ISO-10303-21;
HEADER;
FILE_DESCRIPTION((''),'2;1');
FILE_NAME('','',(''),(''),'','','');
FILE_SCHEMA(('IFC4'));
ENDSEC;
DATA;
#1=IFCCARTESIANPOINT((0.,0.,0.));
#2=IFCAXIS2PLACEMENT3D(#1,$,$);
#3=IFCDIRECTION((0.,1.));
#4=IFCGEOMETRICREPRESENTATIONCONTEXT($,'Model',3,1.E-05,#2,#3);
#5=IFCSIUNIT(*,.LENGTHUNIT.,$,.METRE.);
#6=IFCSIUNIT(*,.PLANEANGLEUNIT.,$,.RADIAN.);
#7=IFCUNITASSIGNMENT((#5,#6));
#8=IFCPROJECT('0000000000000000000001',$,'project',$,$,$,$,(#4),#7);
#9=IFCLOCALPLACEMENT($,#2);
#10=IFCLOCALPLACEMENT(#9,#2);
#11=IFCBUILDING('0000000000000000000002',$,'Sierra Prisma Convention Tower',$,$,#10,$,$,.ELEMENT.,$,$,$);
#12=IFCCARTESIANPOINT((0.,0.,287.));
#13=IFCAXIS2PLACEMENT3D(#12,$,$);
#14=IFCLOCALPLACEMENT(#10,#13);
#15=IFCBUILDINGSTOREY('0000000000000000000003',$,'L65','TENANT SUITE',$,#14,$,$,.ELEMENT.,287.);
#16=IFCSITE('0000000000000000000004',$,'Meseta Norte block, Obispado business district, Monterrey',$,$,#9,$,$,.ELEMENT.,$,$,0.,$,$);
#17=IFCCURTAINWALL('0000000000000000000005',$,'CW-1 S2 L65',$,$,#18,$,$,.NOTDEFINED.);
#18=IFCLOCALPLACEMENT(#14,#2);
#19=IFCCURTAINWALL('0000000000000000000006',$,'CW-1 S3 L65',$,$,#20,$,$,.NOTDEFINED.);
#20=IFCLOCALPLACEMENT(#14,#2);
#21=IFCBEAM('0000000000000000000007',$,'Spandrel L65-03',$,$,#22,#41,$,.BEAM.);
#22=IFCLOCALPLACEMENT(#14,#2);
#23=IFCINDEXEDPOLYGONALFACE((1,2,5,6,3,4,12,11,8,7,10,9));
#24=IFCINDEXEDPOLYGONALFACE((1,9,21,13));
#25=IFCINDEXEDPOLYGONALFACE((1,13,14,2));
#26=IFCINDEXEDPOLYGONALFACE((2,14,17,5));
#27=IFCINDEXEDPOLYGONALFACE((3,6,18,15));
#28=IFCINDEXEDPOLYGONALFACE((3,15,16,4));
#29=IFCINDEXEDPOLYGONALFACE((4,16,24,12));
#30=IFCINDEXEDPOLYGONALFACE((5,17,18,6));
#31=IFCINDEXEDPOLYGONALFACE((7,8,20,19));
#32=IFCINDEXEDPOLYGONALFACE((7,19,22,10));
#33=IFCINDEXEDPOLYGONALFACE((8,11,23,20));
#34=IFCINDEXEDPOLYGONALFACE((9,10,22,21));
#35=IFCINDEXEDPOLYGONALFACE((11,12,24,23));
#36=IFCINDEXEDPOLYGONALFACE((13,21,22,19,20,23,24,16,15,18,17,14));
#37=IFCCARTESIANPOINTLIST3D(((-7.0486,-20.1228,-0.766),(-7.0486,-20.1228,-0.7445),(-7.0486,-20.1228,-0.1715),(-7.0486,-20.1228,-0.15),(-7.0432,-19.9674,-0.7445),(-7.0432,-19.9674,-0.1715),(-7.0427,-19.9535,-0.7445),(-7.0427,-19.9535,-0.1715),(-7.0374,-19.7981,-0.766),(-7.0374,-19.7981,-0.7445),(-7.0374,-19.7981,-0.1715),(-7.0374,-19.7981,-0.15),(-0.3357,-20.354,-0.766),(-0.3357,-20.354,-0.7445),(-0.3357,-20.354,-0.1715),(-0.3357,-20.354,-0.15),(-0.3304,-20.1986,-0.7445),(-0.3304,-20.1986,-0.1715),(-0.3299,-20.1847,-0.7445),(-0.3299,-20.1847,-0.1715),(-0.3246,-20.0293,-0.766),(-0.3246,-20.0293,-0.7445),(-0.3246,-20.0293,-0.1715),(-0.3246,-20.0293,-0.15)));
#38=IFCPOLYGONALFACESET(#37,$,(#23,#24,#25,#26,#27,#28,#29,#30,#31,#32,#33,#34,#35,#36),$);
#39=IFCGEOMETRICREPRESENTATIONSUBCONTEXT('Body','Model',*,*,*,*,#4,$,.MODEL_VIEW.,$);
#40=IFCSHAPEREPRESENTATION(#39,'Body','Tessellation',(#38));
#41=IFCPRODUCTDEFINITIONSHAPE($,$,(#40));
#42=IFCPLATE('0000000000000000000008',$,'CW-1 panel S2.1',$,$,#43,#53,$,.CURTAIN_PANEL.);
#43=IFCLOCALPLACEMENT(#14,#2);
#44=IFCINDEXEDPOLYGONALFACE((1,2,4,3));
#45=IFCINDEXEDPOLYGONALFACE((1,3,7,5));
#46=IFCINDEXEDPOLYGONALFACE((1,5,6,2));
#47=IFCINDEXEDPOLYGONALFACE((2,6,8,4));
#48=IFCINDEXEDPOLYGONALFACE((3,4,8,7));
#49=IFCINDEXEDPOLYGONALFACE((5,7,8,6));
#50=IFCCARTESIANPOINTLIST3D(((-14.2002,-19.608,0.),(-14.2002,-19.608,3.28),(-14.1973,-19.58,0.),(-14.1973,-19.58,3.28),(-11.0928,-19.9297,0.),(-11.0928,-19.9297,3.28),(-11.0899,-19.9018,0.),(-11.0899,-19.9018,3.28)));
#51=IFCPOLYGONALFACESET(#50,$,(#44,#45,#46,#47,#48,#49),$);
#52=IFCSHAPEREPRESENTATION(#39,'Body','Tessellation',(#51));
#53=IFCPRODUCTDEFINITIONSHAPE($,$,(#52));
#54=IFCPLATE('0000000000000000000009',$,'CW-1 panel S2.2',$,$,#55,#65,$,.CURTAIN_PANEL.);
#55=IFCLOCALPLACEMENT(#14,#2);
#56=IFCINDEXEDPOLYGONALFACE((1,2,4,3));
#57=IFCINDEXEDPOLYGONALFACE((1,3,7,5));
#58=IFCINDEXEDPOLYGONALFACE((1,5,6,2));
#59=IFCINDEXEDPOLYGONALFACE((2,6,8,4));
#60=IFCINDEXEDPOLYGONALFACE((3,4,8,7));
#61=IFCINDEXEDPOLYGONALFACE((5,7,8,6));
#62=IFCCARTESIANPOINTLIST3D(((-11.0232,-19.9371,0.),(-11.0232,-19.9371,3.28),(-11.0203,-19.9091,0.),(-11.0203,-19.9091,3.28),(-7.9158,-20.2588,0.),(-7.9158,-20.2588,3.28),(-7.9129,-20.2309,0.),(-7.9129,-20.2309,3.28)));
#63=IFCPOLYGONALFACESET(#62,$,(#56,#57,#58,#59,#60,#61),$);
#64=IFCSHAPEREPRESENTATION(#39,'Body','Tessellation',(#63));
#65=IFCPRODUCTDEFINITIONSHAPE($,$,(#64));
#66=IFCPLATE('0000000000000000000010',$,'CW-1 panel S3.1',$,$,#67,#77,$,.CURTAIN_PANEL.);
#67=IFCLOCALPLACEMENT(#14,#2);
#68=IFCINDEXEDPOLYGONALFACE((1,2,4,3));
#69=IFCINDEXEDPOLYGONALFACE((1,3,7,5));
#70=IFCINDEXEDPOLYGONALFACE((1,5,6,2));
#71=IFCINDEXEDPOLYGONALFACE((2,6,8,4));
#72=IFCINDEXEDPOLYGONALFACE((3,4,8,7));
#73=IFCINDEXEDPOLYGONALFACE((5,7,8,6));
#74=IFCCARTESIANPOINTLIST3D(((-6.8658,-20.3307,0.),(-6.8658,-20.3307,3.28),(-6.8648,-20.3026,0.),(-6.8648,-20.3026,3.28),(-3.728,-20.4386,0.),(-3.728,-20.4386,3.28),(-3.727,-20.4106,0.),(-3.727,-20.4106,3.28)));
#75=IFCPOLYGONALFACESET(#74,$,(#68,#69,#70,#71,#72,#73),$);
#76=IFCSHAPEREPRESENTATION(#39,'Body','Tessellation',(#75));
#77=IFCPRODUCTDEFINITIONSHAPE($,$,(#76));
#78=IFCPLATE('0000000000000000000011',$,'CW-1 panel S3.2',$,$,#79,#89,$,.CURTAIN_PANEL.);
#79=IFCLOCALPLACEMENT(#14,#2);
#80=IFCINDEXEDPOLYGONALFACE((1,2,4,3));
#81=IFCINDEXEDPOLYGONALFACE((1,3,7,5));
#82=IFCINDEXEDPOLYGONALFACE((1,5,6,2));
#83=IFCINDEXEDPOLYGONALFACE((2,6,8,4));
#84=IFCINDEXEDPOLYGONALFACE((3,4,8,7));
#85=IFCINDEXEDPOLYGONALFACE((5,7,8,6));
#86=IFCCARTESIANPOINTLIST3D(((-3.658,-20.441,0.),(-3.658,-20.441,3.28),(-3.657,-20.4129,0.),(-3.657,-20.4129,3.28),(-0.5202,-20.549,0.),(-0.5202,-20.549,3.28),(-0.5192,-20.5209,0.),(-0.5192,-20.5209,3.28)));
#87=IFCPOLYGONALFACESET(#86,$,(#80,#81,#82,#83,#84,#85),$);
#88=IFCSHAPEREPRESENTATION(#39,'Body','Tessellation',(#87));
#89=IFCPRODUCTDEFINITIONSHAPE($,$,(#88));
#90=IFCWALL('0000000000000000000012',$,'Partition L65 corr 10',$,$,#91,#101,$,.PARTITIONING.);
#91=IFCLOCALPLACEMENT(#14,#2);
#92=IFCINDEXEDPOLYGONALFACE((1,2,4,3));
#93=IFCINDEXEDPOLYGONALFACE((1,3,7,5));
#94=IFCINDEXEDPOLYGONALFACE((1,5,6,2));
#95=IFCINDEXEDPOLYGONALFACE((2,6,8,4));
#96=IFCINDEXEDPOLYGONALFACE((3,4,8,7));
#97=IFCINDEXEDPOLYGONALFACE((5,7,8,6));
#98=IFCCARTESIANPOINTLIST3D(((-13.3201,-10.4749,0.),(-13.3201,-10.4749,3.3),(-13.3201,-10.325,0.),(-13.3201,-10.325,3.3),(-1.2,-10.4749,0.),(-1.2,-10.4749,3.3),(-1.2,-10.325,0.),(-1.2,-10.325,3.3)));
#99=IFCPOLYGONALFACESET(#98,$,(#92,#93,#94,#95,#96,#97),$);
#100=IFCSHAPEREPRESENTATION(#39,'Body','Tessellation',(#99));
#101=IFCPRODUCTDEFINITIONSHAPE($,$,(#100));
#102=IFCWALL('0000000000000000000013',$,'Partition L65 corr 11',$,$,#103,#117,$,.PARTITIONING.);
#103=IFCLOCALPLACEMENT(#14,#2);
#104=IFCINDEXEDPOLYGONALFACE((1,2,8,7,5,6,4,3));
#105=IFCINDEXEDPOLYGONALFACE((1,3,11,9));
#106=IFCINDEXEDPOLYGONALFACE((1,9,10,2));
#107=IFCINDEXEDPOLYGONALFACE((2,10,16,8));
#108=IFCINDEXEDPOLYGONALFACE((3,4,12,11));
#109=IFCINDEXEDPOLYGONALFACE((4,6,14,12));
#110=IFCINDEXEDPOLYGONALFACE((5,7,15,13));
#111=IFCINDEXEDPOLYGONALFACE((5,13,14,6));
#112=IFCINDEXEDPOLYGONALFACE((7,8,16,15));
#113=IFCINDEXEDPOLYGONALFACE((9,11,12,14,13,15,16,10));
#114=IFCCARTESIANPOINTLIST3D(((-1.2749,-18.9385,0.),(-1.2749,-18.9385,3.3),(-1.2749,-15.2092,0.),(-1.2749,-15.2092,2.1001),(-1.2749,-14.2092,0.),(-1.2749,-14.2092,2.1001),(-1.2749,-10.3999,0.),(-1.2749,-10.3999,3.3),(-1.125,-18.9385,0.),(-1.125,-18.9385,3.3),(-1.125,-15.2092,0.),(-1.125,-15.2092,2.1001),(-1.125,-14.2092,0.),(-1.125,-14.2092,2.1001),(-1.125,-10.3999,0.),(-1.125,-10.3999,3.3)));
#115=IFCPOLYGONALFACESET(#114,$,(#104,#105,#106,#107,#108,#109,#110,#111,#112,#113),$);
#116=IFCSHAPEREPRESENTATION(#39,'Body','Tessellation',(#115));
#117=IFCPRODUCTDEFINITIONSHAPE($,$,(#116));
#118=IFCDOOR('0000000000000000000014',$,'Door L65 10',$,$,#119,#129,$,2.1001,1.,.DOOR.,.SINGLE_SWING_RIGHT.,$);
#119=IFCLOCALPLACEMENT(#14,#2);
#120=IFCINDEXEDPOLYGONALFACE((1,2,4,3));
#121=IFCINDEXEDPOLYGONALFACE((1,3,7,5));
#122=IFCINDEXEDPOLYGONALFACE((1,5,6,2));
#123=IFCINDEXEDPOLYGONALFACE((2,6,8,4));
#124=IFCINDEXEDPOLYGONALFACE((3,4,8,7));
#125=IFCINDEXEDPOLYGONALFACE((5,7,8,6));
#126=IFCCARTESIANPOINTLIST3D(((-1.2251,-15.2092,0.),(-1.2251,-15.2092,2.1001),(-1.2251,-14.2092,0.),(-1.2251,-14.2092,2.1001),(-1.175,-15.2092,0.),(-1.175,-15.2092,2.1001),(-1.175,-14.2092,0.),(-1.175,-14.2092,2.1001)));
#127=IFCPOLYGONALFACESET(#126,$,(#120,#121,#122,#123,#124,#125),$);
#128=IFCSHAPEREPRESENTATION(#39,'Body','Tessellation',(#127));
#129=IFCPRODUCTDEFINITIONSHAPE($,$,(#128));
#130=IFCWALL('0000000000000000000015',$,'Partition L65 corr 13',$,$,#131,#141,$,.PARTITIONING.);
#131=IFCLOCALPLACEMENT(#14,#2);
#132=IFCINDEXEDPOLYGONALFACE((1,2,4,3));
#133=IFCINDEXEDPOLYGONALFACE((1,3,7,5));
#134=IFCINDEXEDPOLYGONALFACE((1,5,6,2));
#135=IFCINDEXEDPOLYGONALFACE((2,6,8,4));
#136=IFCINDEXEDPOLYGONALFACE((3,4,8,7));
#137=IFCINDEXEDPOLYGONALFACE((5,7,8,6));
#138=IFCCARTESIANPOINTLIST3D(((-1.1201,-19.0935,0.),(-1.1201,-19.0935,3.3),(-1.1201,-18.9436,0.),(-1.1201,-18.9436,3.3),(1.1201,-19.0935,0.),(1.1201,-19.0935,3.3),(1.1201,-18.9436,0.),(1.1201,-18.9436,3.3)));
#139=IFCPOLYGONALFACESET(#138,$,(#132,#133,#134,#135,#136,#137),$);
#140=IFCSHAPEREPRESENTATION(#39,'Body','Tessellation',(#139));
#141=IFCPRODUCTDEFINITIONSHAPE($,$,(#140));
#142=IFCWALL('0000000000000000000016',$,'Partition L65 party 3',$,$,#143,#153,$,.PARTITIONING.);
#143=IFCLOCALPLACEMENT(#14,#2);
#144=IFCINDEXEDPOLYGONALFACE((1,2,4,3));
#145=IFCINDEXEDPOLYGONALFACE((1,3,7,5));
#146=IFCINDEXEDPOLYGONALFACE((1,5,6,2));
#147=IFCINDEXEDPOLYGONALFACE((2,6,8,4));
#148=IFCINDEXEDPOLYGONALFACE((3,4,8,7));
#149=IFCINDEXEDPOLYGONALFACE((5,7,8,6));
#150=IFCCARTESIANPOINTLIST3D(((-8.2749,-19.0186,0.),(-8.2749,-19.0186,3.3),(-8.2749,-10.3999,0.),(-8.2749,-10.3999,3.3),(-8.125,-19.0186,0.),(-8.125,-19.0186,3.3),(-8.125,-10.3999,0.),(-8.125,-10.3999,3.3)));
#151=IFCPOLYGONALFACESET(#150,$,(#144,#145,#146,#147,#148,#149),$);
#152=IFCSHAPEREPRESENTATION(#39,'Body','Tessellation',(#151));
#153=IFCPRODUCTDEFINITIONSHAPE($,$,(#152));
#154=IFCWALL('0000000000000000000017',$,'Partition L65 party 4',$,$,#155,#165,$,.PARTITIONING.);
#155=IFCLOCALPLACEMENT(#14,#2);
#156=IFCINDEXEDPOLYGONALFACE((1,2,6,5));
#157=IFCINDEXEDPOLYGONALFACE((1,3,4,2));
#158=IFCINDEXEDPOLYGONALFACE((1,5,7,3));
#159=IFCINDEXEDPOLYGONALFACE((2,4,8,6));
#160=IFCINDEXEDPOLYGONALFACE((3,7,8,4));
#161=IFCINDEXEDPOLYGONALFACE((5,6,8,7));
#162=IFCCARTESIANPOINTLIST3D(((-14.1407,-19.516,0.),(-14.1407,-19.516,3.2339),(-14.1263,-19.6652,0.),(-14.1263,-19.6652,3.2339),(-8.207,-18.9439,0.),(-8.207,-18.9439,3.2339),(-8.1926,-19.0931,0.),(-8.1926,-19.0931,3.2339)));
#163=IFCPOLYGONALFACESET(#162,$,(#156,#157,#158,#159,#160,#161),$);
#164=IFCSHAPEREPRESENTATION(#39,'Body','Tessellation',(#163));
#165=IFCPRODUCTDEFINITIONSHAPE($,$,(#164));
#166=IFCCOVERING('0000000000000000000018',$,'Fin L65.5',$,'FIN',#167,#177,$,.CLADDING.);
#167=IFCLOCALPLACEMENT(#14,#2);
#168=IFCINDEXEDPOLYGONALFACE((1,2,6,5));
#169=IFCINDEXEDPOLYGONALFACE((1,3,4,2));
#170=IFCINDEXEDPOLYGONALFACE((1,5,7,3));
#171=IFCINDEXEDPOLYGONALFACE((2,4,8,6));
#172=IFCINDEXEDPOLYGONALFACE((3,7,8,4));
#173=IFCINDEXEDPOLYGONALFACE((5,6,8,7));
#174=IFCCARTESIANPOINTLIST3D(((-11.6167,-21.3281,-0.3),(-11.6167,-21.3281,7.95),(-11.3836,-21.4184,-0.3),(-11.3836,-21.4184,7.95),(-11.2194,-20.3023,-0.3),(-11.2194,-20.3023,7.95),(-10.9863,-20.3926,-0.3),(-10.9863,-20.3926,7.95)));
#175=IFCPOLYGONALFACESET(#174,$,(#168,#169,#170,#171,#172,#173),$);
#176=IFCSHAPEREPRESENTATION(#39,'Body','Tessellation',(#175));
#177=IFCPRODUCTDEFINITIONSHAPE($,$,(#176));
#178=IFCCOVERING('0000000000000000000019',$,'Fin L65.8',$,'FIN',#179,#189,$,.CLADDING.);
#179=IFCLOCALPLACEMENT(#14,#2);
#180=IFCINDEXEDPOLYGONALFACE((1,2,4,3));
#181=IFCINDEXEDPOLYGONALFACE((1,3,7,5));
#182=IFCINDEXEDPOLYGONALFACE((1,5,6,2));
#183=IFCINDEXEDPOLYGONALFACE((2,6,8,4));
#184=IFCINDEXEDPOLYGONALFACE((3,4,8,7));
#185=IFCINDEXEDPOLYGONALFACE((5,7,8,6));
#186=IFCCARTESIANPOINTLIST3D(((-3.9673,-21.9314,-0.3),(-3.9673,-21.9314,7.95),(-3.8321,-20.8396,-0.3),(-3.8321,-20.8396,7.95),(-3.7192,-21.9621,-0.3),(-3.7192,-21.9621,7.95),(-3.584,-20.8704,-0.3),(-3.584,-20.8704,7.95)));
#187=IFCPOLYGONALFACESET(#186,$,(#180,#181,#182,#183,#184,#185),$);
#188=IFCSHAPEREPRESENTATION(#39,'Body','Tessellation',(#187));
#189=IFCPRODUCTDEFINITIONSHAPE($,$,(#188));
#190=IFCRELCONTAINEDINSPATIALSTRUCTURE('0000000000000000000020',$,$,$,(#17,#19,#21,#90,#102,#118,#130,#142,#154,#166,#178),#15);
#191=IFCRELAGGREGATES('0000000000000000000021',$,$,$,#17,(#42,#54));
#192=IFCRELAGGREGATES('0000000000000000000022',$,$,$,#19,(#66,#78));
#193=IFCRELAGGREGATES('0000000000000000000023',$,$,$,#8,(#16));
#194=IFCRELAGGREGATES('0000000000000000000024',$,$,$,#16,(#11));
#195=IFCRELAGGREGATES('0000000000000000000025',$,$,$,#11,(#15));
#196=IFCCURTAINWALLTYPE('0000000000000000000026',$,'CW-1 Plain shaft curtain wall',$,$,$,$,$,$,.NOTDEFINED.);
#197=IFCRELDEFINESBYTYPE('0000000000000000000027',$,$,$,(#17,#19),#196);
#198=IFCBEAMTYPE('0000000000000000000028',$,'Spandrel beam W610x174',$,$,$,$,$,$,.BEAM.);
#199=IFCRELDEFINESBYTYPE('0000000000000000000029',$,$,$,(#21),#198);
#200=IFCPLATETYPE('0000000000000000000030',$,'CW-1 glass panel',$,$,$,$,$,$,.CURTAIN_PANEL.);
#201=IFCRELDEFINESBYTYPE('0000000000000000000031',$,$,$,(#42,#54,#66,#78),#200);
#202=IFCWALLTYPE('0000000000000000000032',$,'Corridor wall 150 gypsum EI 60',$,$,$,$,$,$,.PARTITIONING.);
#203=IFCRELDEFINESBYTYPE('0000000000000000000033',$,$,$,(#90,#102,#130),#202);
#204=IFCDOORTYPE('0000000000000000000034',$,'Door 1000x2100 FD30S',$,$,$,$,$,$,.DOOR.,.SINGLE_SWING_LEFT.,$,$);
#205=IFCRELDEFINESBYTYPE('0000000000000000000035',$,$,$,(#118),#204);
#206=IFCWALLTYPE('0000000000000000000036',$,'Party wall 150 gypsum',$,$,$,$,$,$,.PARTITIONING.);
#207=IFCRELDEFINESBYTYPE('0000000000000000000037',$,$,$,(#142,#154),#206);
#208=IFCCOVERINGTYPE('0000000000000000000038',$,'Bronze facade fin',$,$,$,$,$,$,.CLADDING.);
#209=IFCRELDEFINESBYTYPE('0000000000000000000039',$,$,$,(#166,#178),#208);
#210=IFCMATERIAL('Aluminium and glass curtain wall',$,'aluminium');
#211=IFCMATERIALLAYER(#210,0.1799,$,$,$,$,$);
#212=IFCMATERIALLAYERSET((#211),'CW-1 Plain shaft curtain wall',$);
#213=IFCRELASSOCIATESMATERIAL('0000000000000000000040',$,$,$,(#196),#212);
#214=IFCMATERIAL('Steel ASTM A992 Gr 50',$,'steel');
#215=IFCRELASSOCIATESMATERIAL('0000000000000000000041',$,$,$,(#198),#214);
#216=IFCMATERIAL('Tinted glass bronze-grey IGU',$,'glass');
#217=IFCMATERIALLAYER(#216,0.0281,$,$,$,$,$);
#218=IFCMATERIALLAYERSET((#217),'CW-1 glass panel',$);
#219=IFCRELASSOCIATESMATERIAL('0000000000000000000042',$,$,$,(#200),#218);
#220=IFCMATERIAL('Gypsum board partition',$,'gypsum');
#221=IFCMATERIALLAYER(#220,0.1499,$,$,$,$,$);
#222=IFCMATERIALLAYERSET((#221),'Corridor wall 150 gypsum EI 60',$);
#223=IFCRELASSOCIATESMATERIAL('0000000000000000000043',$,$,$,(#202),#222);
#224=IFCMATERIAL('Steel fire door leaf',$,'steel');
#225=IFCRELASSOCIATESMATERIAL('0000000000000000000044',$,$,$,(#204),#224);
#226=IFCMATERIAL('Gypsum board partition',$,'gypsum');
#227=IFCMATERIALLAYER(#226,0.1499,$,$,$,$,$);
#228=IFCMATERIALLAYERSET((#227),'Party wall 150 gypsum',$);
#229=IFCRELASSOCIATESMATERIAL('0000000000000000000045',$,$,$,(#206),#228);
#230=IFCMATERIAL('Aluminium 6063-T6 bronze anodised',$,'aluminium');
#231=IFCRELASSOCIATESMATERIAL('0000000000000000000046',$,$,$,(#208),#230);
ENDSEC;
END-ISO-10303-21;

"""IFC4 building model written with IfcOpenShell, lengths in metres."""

from ifc_helpers import new_model, si_unit, direction, frame, frame_2d, origin, origin_2d, place, context, subcontext, project, spatial, rectangle, i_section, extrude, material, layer, layer_set, material_profile, profile_set, type_object, element, fill, aggregate, save


model = new_model("IFC4")

# Units and contexts
model_context = context("Model", 3, precision=1e-05, world=origin(), true_north=direction((0.0, 1.0)))
body_context = subcontext(model_context, "Body", "Model", "MODEL_VIEW")
ifc_project = project(units=[si_unit("LENGTHUNIT", "METRE"), si_unit("PLANEANGLEUNIT", "RADIAN")], contexts=[model_context])

# Site, building, storey
site_placement = place(None, origin())
site = spatial("IfcSite", under=ifc_project, at=site_placement, Name="Meseta Norte block, Obispado business district, Monterrey", CompositionType="ELEMENT", RefElevation=0.0)
building_placement = place(site_placement, origin())
building = spatial("IfcBuilding", under=site, at=building_placement, Name="Sierra Prisma Convention Tower", CompositionType="ELEMENT")
storey_placement = place(building_placement, frame((0.0, 0.0, 287.0)))
storey = spatial("IfcBuildingStorey", under=building, at=storey_placement, Name="L65", Description="TENANT SUITE", CompositionType="ELEMENT", Elevation=287.0)

# Curtain wall
ifc_material_1 = material(Name="Aluminium and glass curtain wall", Category="aluminium")
ifc_layer_1 = layer(ifc_material_1, 0.1799)
ifc_layer_set_1 = layer_set([ifc_layer_1], Name="CW-1 Plain shaft curtain wall")
curtain_wall_type = type_object("IfcCurtainWallType", Name="CW-1 Plain shaft curtain wall", PredefinedType="NOTDEFINED", material=ifc_layer_set_1)
curtain_wall_1_placement = place(storey_placement, origin())
curtain_wall_1 = element("IfcCurtainWall", 1, at=curtain_wall_1_placement, inside=storey, type_object=curtain_wall_type, Name="CW-1 S2 L65", PredefinedType="NOTDEFINED")

# Curtain wall
curtain_wall_2_placement = place(storey_placement, origin())
curtain_wall_2 = element("IfcCurtainWall", 2, at=curtain_wall_2_placement, inside=storey, type_object=curtain_wall_type, Name="CW-1 S3 L65", PredefinedType="NOTDEFINED")

# Beam
ifc_material_2 = material(Name="Steel ASTM A992 Gr 50", Category="steel")
ifc_material_profile_1 = material_profile(ifc_material_2, i_section(OverallWidth=0.325, OverallDepth=0.616, WebThickness=0.0139, FlangeThickness=0.0215, at=origin_2d()), Name="W610x174")
ifc_profile_set_1 = profile_set([ifc_material_profile_1], Name="Steel ASTM A992 Gr 50")
beam_type_1 = type_object("IfcBeamType", Name="Spandrel beam W610x174", PredefinedType="BEAM", material=ifc_profile_set_1)
beam_1_placement = place(storey_placement, frame((-7.043, -19.9604, -0.458), z_axis=(0.999407, -0.034421, 0.0), x_axis=(0.034421, 0.999407, 0.0)))
element("IfcBeam", 3, at=beam_1_placement, inside=storey, type_object=beam_type_1, Name="Spandrel L65-03", PredefinedType="BEAM", context=body_context, shape_type="SweptSolid", body=[
    extrude(i_section(OverallWidth=0.325, OverallDepth=0.616, WebThickness=0.0139, FlangeThickness=0.0215, at=origin_2d()), origin(), (0.0, 0.0, 1.0), 6.7168),
])

# Plates
ifc_material_3 = material(Name="Tinted glass bronze-grey IGU", Category="glass")
ifc_layer_2 = layer(ifc_material_3, 0.0281)
ifc_layer_set_2 = layer_set([ifc_layer_2], Name="CW-1 glass panel")
plate_type = type_object("IfcPlateType", Name="CW-1 glass panel", PredefinedType="CURTAIN_PANEL", material=ifc_layer_set_2)
plate_1_placement = place(storey_placement, frame((-12.645, -19.7549, 0.0), z_axis=(0.0, 0.0, 1.0), x_axis=(0.994682, -0.102994, 0.0)))
plate_1 = element("IfcPlate", 4, at=plate_1_placement, type_object=plate_type, Name="CW-1 panel S2.1", PredefinedType="CURTAIN_PANEL", context=body_context, shape_type="SweptSolid", body=[
    extrude(rectangle(XDim=3.124, YDim=0.0281, at=origin_2d()), origin(), (0.0, 0.0, 1.0), 3.28),
])
plate_2_placement = place(storey_placement, frame((-9.468, -20.084, 0.0), z_axis=(0.0, 0.0, 1.0), x_axis=(0.994682, -0.102994, 0.0)))
plate_2 = element("IfcPlate", 5, at=plate_2_placement, type_object=plate_type, Name="CW-1 panel S2.2", PredefinedType="CURTAIN_PANEL", context=body_context, shape_type="SweptSolid", body=[
    extrude(rectangle(XDim=3.124, YDim=0.0281, at=origin_2d()), origin(), (0.0, 0.0, 1.0), 3.28),
])
aggregate(curtain_wall_1, [plate_1, plate_2])
plate_3_placement = place(storey_placement, frame((-5.2964, -20.3706, 0.0), z_axis=(0.0, 0.0, 1.0), x_axis=(0.999409, -0.034386, 0.0)))
plate_3 = element("IfcPlate", 6, at=plate_3_placement, type_object=plate_type, Name="CW-1 panel S3.1", PredefinedType="CURTAIN_PANEL", context=body_context, shape_type="SweptSolid", body=[
    extrude(rectangle(XDim=3.1396, YDim=0.0281, at=origin_2d()), origin(), (0.0, 0.0, 1.0), 3.28),
])
plate_4_placement = place(storey_placement, frame((-2.0886, -20.481, 0.0), z_axis=(0.0, 0.0, 1.0), x_axis=(0.999409, -0.034386, 0.0)))
plate_4 = element("IfcPlate", 7, at=plate_4_placement, type_object=plate_type, Name="CW-1 panel S3.2", PredefinedType="CURTAIN_PANEL", context=body_context, shape_type="SweptSolid", body=[
    extrude(rectangle(XDim=3.1396, YDim=0.0281, at=origin_2d()), origin(), (0.0, 0.0, 1.0), 3.28),
])
aggregate(curtain_wall_2, [plate_3, plate_4])

# Wall
ifc_material_4 = material(Name="Gypsum board partition", Category="gypsum")
ifc_layer_3 = layer(ifc_material_4, 0.1499)
ifc_layer_set_3 = layer_set([ifc_layer_3], Name="Corridor wall 150 gypsum EI 60")
wall_type_1 = type_object("IfcWallType", Name="Corridor wall 150 gypsum EI 60", PredefinedType="PARTITIONING", material=ifc_layer_set_3)
wall_1_placement = place(storey_placement, frame((-13.3201, -10.3999, 0.0), z_axis=(0.0, 0.0, 1.0), x_axis=(1.0, 0.0, 0.0)))
element("IfcWall", 8, at=wall_1_placement, inside=storey, type_object=wall_type_1, Name="Partition L65 corr 10", PredefinedType="PARTITIONING", context=body_context, shape_type="SweptSolid", body=[
    extrude(rectangle(XDim=12.1201, YDim=0.1499, at=frame_2d((6.0601, 0.0))), origin(), (0.0, 0.0, 1.0), 3.3),
])

# Wall, opening, door
wall_2_placement = place(storey_placement, frame((-1.2, -10.3999, 0.0), z_axis=(0.0, 0.0, 1.0), x_axis=(0.0, -1.0, 0.0)))
wall_2 = element("IfcWall", 9, at=wall_2_placement, inside=storey, type_object=wall_type_1, Name="Partition L65 corr 11", PredefinedType="PARTITIONING", context=body_context, shape_type="SweptSolid", body=[
    extrude(rectangle(XDim=8.5386, YDim=0.1499, at=frame_2d((4.2693, 0.0))), origin(), (0.0, 0.0, 1.0), 3.3),
])
opening_placement = place(wall_2_placement, frame((3.8093, 0.0, 0.0)))
opening = element("IfcOpeningElement", 10, at=opening_placement, cuts=wall_2, PredefinedType="OPENING", context=body_context, shape_type="SweptSolid", body=[
    extrude(rectangle(XDim=1.0, YDim=2.1001, at=frame_2d((0.5, 1.05))), frame((0.0, 0.075, 0.0), z_axis=(0.0, -1.0, 0.0), x_axis=(1.0, 0.0, 0.0)), (0.0, 0.0, 1.0), 0.1499),
])
ifc_material_5 = material(Name="Steel fire door leaf", Category="steel")
door_type = type_object("IfcDoorType", Name="Door 1000x2100 FD30S", OperationType="SINGLE_SWING_LEFT", PredefinedType="DOOR", material=ifc_material_5)
door_placement = place(opening_placement, origin())
door = element("IfcDoor", 11, at=door_placement, inside=storey, type_object=door_type, Name="Door L65 10", OperationType="SINGLE_SWING_RIGHT", OverallHeight=2.1001, OverallWidth=1.0, PredefinedType="DOOR", context=body_context, shape_type="SweptSolid", body=[
    extrude(rectangle(XDim=1.0, YDim=2.1001, at=frame_2d((0.5, 1.05))), frame((0.0, 0.0249, 0.0), z_axis=(0.0, -1.0, 0.0), x_axis=(1.0, 0.0, 0.0)), (0.0, 0.0, 1.0), 0.05),
])
fill(opening, door)

# Walls
wall_3_placement = place(storey_placement, frame((-1.1201, -19.0186, 0.0), z_axis=(0.0, 0.0, 1.0), x_axis=(1.0, 0.0, 0.0)))
element("IfcWall", 12, at=wall_3_placement, inside=storey, type_object=wall_type_1, Name="Partition L65 corr 13", PredefinedType="PARTITIONING", context=body_context, shape_type="SweptSolid", body=[
    extrude(rectangle(XDim=2.2402, YDim=0.1499, at=frame_2d((1.1201, 0.0))), origin(), (0.0, 0.0, 1.0), 3.3),
])
ifc_material_6 = material(Name="Gypsum board partition", Category="gypsum")
ifc_layer_4 = layer(ifc_material_6, 0.1499)
ifc_layer_set_4 = layer_set([ifc_layer_4], Name="Party wall 150 gypsum")
wall_type_2 = type_object("IfcWallType", Name="Party wall 150 gypsum", PredefinedType="PARTITIONING", material=ifc_layer_set_4)
wall_4_placement = place(storey_placement, frame((-8.2, -10.3999, 0.0), z_axis=(0.0, 0.0, 1.0), x_axis=(0.0, -1.0, 0.0)))
element("IfcWall", 13, at=wall_4_placement, inside=storey, type_object=wall_type_2, Name="Partition L65 party 3", PredefinedType="PARTITIONING", context=body_context, shape_type="SweptSolid", body=[
    extrude(rectangle(XDim=8.6187, YDim=0.1499, at=frame_2d((4.3093, 0.0))), origin(), (0.0, 0.0, 1.0), 3.3),
])
wall_5_placement = place(storey_placement, frame((-8.2, -19.0186, 0.0), z_axis=(0.0, 0.0, 1.0), x_axis=(-0.995385, -0.095959, 0.0)))
element("IfcWall", 14, at=wall_5_placement, inside=storey, type_object=wall_type_2, Name="Partition L65 party 4", PredefinedType="PARTITIONING", context=body_context, shape_type="SweptSolid", body=[
    extrude(rectangle(XDim=5.9612, YDim=0.1499, at=frame_2d((2.9805, 0.0))), origin(), (0.0, 0.0, 1.0), 3.2339),
])

# Coverings
ifc_material_7 = material(Name="Aluminium 6063-T6 bronze anodised", Category="aluminium")
ifc_material_profile_2 = material_profile(ifc_material_7, rectangle(XDim=1.1001, YDim=0.25, at=origin_2d()), Name="ALU FIN 1100x250")
ifc_profile_set_2 = profile_set([ifc_material_profile_2], Name="Aluminium 6063-T6 bronze anodised")
covering_type = type_object("IfcCoveringType", Name="Bronze facade fin", PredefinedType="CLADDING", material=ifc_profile_set_2)
for number, where, z_axis, x_axis, name in (
    (15, (-11.3015, -20.8604, -0.3), (0.0, 0.0, 1.0), (-0.361114, -0.932522, 0.0), "Fin L65.5"),
    (16, (-3.7756, -21.4009, -0.3), (0.0, 0.0, 1.0), (-0.122843, -0.992426, 0.0), "Fin L65.8"),
):
    element("IfcCovering", number, at=place(storey_placement, frame(where, z_axis=z_axis, x_axis=x_axis)), inside=storey, type_object=covering_type, Name=name, ObjectType="FIN", PredefinedType="CLADDING", context=body_context, shape_type="SweptSolid", body=[
        extrude(rectangle(XDim=1.1001, YDim=0.25, at=origin_2d()), origin(), (0.0, 0.0, 1.0), 8.25),
    ])

save(model, "model.ifc")
